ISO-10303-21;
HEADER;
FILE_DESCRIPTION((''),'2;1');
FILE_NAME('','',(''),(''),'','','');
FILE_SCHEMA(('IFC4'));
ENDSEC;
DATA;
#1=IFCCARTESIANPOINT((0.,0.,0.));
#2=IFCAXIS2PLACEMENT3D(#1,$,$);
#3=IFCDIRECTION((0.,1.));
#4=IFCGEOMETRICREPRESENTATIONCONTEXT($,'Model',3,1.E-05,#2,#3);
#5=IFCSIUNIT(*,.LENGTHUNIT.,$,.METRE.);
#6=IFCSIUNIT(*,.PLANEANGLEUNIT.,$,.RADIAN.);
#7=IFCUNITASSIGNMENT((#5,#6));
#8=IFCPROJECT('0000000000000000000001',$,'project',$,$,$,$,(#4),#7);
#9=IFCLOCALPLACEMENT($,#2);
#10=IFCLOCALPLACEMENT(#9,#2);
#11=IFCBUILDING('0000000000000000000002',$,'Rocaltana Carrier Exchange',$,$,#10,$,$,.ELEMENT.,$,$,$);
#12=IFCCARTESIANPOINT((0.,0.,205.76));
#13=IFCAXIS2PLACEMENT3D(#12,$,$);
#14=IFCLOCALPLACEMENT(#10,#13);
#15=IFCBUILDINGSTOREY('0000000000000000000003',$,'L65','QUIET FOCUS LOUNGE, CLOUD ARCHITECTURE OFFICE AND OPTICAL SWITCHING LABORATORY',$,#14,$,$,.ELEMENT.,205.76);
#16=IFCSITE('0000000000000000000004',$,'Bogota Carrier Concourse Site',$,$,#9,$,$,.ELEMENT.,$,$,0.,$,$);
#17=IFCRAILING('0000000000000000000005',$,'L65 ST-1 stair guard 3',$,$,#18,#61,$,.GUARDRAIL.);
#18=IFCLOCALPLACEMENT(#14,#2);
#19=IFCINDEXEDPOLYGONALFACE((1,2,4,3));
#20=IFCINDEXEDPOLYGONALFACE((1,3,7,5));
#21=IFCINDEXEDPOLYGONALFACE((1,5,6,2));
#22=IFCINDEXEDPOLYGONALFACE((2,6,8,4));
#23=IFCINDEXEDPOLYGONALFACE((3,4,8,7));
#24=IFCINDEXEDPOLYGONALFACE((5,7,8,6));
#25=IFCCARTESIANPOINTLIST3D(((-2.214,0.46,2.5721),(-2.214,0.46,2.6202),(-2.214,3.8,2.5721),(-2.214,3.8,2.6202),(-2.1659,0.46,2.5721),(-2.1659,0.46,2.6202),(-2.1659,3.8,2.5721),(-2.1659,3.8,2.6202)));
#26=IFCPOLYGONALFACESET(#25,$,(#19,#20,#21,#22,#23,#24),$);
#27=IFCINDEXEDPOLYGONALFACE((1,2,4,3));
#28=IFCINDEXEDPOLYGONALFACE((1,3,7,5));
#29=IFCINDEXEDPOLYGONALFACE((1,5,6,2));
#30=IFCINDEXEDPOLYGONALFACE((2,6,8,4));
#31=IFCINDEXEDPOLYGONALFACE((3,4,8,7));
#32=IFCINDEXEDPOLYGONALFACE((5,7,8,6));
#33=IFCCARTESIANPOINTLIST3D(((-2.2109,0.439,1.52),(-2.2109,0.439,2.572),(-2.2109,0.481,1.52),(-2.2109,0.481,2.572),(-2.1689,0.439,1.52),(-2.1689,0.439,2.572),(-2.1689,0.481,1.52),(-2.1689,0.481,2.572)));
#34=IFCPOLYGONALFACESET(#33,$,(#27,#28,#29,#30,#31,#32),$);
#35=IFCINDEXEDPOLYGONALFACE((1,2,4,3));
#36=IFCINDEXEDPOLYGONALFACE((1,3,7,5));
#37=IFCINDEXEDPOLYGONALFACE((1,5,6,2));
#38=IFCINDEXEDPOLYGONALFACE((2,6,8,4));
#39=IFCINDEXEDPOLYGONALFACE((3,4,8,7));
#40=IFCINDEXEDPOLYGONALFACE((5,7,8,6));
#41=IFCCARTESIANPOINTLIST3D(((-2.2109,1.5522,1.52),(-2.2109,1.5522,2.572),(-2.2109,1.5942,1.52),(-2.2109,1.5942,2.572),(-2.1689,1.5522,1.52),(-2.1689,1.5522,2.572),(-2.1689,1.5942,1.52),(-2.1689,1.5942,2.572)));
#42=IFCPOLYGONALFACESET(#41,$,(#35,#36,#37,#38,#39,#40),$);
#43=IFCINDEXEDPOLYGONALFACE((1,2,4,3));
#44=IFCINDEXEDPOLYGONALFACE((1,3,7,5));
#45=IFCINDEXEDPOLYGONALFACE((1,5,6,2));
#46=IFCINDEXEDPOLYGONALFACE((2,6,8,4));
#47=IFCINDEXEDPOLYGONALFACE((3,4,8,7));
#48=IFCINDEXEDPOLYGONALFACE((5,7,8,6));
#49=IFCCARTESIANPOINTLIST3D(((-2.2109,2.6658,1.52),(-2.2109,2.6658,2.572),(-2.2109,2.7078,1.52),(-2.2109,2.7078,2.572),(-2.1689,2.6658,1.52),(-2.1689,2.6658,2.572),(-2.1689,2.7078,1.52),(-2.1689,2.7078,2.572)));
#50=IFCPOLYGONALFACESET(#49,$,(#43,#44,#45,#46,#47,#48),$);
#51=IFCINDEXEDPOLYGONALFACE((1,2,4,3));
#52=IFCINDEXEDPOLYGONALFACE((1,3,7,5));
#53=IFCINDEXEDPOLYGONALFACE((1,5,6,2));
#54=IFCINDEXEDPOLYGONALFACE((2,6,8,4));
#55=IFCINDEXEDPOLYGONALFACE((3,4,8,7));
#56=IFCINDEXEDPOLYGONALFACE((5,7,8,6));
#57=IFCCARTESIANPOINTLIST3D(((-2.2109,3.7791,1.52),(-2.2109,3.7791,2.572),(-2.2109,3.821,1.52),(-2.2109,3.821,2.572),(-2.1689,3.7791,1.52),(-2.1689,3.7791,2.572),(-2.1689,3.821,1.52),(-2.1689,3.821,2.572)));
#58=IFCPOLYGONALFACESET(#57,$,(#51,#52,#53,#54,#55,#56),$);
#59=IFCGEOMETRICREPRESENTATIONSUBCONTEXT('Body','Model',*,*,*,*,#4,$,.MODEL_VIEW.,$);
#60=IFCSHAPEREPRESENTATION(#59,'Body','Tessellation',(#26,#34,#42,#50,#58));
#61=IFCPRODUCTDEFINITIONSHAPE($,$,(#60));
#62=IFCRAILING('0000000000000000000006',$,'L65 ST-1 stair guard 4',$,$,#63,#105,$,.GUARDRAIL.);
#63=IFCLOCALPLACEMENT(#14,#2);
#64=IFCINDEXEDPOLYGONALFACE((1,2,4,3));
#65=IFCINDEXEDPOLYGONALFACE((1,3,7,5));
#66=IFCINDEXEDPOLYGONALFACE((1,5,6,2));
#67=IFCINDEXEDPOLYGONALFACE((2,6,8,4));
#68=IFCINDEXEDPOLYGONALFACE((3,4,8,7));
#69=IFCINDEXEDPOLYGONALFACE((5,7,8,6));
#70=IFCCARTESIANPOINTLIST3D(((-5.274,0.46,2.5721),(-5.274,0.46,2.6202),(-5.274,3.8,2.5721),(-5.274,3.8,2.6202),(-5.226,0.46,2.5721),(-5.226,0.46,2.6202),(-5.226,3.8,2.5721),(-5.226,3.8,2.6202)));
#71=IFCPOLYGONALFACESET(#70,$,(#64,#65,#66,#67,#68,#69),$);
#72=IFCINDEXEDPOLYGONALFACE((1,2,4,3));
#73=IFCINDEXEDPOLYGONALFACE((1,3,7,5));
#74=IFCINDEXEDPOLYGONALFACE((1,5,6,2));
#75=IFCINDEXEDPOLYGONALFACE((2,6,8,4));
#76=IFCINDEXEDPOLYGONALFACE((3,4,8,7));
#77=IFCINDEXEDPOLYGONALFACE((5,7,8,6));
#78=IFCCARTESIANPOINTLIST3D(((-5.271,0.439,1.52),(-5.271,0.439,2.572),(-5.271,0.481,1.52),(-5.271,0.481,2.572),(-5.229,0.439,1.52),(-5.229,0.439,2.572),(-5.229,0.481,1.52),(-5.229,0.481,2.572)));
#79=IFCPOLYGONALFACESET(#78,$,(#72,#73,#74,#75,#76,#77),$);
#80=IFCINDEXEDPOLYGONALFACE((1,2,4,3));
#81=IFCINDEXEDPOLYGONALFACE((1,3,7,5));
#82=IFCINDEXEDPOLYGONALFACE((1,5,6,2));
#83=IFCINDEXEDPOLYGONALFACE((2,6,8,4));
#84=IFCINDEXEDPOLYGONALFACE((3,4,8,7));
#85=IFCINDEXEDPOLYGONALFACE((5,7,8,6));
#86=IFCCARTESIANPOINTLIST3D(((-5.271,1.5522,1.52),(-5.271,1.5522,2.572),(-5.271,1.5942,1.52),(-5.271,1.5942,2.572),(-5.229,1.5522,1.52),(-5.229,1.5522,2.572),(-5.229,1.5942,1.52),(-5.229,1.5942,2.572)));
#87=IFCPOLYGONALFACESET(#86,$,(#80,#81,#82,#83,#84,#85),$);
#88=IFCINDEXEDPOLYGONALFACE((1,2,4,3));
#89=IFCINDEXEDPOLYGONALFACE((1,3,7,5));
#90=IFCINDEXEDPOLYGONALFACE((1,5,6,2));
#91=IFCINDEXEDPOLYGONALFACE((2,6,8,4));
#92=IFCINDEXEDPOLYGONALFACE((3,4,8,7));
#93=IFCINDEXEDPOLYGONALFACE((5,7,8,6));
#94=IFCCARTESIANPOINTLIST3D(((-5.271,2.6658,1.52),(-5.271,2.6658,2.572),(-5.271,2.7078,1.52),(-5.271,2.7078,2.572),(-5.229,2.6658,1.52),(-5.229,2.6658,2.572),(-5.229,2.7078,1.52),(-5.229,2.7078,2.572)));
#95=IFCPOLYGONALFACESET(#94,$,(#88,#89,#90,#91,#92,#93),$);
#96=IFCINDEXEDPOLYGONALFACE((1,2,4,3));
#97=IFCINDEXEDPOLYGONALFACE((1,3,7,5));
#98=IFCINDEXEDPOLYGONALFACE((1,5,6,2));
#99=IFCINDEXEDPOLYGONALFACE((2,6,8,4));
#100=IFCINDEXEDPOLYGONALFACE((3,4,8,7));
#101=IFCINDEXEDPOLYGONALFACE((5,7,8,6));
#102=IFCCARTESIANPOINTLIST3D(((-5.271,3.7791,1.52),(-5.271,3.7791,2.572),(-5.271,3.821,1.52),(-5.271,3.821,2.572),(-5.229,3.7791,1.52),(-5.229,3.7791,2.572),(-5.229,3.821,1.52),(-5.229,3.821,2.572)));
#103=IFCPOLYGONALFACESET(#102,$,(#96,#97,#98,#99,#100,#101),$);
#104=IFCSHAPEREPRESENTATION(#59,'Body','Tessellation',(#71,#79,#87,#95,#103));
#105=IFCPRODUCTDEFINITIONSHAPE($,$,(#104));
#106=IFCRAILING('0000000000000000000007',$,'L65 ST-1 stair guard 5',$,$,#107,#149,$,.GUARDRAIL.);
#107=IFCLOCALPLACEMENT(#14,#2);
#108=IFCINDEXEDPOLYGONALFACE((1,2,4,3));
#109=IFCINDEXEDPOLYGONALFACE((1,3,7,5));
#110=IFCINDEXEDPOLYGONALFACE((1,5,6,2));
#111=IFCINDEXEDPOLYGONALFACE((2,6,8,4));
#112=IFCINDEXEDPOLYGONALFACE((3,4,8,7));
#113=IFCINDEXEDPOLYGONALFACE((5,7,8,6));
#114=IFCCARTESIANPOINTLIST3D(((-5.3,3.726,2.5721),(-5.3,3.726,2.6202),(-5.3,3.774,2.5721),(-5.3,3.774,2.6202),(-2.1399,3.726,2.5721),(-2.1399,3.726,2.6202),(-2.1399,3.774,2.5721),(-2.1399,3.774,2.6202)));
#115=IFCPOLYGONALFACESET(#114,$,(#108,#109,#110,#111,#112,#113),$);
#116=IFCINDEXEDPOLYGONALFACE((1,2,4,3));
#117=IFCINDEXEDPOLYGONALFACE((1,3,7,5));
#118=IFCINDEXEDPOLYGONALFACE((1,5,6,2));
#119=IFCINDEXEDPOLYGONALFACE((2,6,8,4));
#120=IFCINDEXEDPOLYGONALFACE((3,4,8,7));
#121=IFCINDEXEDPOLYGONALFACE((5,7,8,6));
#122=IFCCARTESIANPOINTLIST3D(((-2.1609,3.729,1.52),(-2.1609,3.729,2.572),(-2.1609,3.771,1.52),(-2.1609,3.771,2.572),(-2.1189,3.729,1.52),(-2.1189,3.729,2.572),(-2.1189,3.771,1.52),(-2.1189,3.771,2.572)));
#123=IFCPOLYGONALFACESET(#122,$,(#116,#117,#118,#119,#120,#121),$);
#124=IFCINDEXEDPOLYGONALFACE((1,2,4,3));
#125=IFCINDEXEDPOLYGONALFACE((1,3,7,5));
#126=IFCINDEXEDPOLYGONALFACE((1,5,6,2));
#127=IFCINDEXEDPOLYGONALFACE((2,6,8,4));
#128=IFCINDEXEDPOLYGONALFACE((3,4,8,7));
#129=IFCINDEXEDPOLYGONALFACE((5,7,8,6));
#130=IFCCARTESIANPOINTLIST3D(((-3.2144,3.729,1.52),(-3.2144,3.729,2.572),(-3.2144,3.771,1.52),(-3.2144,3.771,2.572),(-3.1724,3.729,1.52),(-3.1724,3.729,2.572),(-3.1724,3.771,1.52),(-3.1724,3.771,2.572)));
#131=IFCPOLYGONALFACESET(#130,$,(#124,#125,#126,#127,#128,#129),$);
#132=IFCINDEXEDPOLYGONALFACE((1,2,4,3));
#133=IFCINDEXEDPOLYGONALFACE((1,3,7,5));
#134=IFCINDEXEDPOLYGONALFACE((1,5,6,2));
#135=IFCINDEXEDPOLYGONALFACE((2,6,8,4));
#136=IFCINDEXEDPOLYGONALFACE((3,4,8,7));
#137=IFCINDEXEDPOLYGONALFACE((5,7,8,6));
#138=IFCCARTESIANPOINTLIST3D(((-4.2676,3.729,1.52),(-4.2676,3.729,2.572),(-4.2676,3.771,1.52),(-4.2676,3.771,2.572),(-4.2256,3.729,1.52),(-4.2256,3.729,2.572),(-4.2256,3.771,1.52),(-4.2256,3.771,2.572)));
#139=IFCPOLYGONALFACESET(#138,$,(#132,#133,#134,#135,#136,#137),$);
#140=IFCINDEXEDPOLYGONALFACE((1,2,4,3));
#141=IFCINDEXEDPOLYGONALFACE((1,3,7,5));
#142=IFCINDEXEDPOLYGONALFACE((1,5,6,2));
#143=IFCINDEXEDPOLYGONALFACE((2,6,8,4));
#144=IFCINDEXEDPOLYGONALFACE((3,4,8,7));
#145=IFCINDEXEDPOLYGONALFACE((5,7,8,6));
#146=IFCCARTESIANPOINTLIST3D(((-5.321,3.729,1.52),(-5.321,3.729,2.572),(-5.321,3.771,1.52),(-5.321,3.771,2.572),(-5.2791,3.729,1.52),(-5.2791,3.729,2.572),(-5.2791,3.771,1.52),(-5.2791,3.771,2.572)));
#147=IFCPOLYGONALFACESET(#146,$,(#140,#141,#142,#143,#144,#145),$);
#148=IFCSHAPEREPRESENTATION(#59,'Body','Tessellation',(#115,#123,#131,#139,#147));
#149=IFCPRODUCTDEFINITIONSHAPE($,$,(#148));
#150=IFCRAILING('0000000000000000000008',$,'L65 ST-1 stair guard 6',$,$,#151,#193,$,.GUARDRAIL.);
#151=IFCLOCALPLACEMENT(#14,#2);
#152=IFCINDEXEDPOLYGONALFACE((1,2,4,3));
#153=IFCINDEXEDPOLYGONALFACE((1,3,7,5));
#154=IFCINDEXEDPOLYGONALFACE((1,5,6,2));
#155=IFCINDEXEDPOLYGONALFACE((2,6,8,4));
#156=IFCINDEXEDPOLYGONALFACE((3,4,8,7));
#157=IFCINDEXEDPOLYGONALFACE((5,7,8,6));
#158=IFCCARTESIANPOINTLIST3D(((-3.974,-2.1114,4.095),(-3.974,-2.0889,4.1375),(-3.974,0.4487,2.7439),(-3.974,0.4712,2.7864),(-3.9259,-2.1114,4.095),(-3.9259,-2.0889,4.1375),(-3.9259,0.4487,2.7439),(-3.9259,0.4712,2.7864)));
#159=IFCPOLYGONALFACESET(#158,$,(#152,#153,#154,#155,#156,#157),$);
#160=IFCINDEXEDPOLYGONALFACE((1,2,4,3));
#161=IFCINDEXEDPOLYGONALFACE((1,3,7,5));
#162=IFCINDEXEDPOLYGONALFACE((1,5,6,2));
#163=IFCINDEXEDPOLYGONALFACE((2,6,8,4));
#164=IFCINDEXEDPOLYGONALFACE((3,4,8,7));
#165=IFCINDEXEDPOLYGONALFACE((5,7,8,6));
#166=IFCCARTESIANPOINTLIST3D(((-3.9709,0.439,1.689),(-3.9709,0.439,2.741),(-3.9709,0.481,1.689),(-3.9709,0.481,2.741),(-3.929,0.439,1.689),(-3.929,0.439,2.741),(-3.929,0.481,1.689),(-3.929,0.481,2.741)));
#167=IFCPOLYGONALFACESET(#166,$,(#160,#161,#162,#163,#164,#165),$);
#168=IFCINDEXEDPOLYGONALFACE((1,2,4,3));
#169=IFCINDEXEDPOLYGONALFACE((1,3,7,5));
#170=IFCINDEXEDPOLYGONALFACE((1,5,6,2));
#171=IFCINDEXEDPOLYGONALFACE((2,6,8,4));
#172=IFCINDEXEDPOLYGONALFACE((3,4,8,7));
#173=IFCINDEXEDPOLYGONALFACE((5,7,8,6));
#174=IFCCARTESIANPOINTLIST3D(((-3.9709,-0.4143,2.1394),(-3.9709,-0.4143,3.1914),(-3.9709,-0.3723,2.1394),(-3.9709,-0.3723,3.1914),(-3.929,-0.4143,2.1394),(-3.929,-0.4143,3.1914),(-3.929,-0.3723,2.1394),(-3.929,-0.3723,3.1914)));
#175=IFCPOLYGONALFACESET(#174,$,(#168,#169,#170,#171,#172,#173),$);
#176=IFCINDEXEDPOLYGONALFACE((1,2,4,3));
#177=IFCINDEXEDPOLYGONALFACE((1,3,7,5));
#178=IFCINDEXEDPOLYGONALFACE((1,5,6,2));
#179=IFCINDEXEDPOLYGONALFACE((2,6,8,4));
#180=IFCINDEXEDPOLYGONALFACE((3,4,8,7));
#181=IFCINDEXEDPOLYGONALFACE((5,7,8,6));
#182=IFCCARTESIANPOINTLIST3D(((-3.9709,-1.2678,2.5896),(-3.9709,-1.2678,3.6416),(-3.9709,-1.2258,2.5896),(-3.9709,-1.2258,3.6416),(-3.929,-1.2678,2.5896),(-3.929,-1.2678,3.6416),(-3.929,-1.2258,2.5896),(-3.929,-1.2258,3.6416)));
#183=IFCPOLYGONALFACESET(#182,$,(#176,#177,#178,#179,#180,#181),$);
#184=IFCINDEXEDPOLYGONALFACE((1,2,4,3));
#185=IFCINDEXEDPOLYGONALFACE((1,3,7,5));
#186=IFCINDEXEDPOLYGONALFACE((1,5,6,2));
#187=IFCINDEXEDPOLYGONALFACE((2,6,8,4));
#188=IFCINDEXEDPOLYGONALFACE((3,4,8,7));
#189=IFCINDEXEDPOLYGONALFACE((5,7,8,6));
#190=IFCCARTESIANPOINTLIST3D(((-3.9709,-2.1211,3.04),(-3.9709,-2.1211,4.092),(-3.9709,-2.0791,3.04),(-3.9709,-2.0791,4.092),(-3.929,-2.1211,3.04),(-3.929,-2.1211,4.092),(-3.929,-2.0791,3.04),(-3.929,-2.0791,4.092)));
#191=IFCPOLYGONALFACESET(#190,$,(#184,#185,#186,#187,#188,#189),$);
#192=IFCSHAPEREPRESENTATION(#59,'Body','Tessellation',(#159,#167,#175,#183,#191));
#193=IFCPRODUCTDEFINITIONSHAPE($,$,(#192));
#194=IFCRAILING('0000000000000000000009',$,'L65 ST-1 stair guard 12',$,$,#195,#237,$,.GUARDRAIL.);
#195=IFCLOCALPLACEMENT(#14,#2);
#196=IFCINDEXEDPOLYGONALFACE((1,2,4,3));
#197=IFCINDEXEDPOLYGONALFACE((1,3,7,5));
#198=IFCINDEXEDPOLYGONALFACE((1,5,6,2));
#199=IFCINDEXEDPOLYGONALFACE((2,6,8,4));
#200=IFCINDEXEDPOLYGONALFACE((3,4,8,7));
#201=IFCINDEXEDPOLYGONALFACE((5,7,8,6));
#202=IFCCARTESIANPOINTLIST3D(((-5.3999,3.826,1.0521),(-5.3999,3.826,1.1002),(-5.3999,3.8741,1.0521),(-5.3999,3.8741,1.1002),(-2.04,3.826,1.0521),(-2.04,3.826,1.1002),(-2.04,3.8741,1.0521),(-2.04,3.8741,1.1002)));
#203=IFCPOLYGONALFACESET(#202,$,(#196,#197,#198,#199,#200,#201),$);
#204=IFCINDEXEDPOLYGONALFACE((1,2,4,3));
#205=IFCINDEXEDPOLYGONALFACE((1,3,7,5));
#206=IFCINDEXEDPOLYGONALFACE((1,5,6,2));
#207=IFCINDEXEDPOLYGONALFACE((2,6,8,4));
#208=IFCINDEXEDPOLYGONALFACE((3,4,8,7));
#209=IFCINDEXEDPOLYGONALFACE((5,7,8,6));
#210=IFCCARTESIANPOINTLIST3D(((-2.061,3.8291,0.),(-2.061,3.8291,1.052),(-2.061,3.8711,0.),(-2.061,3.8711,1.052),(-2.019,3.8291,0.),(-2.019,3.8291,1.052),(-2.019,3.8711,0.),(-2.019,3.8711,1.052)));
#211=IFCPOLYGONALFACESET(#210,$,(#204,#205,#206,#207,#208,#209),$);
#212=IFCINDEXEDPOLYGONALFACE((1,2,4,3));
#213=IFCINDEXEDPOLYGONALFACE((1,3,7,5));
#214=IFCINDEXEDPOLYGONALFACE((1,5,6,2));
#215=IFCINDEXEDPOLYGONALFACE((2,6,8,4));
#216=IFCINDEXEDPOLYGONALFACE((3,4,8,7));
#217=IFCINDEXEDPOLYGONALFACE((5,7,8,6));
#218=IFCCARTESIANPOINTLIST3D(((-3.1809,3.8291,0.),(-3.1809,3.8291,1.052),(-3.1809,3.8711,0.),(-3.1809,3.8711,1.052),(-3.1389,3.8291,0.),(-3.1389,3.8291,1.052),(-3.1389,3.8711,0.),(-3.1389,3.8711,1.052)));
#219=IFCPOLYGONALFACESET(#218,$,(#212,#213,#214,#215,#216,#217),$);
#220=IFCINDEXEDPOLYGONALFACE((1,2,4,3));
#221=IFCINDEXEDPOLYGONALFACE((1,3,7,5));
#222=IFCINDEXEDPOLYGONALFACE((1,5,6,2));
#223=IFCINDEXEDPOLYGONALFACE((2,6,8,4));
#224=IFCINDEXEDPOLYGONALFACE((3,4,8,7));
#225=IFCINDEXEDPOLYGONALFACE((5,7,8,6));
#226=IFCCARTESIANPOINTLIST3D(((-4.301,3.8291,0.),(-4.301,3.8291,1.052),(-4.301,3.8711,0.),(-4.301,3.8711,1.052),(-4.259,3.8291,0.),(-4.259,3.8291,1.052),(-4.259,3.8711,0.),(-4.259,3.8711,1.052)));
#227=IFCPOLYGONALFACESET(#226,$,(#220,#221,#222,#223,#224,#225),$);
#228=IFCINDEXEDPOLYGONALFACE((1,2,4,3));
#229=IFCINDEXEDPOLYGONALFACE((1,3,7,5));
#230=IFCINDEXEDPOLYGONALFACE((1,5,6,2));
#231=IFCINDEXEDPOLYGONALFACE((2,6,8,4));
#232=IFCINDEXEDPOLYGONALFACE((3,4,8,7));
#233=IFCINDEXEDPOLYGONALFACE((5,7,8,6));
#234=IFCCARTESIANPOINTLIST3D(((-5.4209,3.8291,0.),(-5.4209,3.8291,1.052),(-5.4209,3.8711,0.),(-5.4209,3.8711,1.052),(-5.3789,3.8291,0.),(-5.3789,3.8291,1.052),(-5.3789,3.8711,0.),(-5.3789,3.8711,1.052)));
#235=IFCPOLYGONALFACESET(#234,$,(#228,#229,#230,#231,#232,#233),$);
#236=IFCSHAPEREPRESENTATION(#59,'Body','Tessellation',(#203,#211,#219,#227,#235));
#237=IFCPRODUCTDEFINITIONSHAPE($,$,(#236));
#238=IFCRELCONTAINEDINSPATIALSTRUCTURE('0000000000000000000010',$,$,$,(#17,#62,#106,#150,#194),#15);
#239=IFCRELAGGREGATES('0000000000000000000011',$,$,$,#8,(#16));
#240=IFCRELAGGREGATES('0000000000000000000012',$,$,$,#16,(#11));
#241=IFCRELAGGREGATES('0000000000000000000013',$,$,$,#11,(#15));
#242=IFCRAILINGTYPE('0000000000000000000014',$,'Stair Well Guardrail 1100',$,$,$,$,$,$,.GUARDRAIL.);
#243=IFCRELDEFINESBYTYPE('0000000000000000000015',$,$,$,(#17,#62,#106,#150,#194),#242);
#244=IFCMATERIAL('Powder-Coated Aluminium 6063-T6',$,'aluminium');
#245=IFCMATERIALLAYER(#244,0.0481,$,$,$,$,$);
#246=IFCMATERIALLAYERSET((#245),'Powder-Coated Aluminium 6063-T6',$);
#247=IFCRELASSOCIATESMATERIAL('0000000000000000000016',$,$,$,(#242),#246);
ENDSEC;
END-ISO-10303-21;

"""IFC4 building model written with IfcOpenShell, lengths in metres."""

from ifc_helpers import new_model, si_unit, direction, frame, origin, origin_2d, place, context, subcontext, project, spatial, rectangle, extrude, material, layer, layer_set, type_object, element, save


model = new_model("IFC4")

# Units and contexts
model_context = context("Model", 3, precision=1e-05, world=origin(), true_north=direction((0.0, 1.0)))
body_context = subcontext(model_context, "Body", "Model", "MODEL_VIEW")
ifc_project = project(units=[si_unit("LENGTHUNIT", "METRE"), si_unit("PLANEANGLEUNIT", "RADIAN")], contexts=[model_context])

# Site, building, storey
site_placement = place(None, origin())
site = spatial("IfcSite", under=ifc_project, at=site_placement, Name="Bogota Carrier Concourse Site", CompositionType="ELEMENT", RefElevation=0.0)
building_placement = place(site_placement, origin())
building = spatial("IfcBuilding", under=site, at=building_placement, Name="Rocaltana Carrier Exchange", CompositionType="ELEMENT")
storey_placement = place(building_placement, frame((0.0, 0.0, 205.76)))
storey = spatial("IfcBuildingStorey", under=building, at=storey_placement, Name="L65", Description="QUIET FOCUS LOUNGE, CLOUD ARCHITECTURE OFFICE AND OPTICAL SWITCHING LABORATORY", CompositionType="ELEMENT", Elevation=205.76)

# Railings
ifc_material_1 = material(Name="Powder-Coated Aluminium 6063-T6", Category="aluminium")
ifc_layer_1 = layer(ifc_material_1, 0.0481)
ifc_layer_set_1 = layer_set([ifc_layer_1], Name="Powder-Coated Aluminium 6063-T6")
railing_type_1 = type_object("IfcRailingType", Name="Stair Well Guardrail 1100", PredefinedType="GUARDRAIL", material=ifc_layer_set_1)
for number, where, name in (
    (1, (-2.1899, 0.46, 1.52), "L65 ST-1 stair guard 3"),
    (2, (-5.25, 0.46, 1.52), "L65 ST-1 stair guard 4"),
):
    element("IfcRailing", number, at=place(storey_placement, frame(where)), inside=storey, type_object=railing_type_1, Name=name, PredefinedType="GUARDRAIL", context=body_context, shape_type="SweptSolid", body=[
        extrude(rectangle(XDim=0.0481, YDim=0.0481, at=origin_2d()), frame((0.0, 0.0, 1.0762), z_axis=(0.0, 1.0, 0.0), x_axis=(-1.0, 0.0, 0.0)), (0.0, 0.0, 1.0), 3.3401),
        extrude(rectangle(XDim=0.042, YDim=0.042, at=origin_2d()), origin(), (0.0, 0.0, 1.0), 1.052),
        extrude(rectangle(XDim=0.042, YDim=0.042, at=origin_2d()), frame((0.0, 1.1133, 0.0)), (0.0, 0.0, 1.0), 1.052),
        extrude(rectangle(XDim=0.042, YDim=0.042, at=origin_2d()), frame((0.0, 2.2268, 0.0)), (0.0, 0.0, 1.0), 1.052),
        extrude(rectangle(XDim=0.042, YDim=0.042, at=origin_2d()), frame((0.0, 3.3401, 0.0)), (0.0, 0.0, 1.0), 1.052),
    ])
railing_1_placement = place(storey_placement, frame((-2.1399, 3.75, 1.52)))
element("IfcRailing", 3, at=railing_1_placement, inside=storey, type_object=railing_type_1, Name="L65 ST-1 stair guard 5", PredefinedType="GUARDRAIL", context=body_context, shape_type="SweptSolid", body=[
    extrude(rectangle(XDim=0.0481, YDim=0.0481, at=origin_2d()), frame((0.0, 0.0, 1.0762), z_axis=(-1.0, 0.0, 0.0), x_axis=(0.0, -1.0, 0.0)), (0.0, 0.0, 1.0), 3.1602),
    extrude(rectangle(XDim=0.042, YDim=0.042, at=origin_2d()), origin(), (0.0, 0.0, 1.0), 1.052),
    extrude(rectangle(XDim=0.042, YDim=0.042, at=origin_2d()), frame((-1.0535, 0.0, 0.0)), (0.0, 0.0, 1.0), 1.052),
    extrude(rectangle(XDim=0.042, YDim=0.042, at=origin_2d()), frame((-2.1067, 0.0, 0.0)), (0.0, 0.0, 1.0), 1.052),
    extrude(rectangle(XDim=0.042, YDim=0.042, at=origin_2d()), frame((-3.1602, 0.0, 0.0)), (0.0, 0.0, 1.0), 1.052),
])
railing_2_placement = place(storey_placement, frame((-3.95, 0.46, 1.689)))
element("IfcRailing", 4, at=railing_2_placement, inside=storey, type_object=railing_type_1, Name="L65 ST-1 stair guard 6", PredefinedType="GUARDRAIL", context=body_context, shape_type="SweptSolid", body=[
    extrude(rectangle(XDim=0.0481, YDim=0.0481, at=origin_2d()), frame((0.0, 0.0, 1.0762), z_axis=(0.0, -0.884394, 0.46674), x_axis=(1.0, 0.0, 0.0)), (0.0, 0.0, 1.0), 2.8948),
    extrude(rectangle(XDim=0.042, YDim=0.042, at=origin_2d()), origin(), (0.0, 0.0, 1.0), 1.052),
    extrude(rectangle(XDim=0.042, YDim=0.042, at=origin_2d()), frame((0.0, -0.8533, 0.4504)), (0.0, 0.0, 1.0), 1.052),
    extrude(rectangle(XDim=0.042, YDim=0.042, at=origin_2d()), frame((0.0, -1.7068, 0.9006)), (0.0, 0.0, 1.0), 1.052),
    extrude(rectangle(XDim=0.042, YDim=0.042, at=origin_2d()), frame((0.0, -2.5601, 1.3511)), (0.0, 0.0, 1.0), 1.052),
])
railing_3_placement = place(storey_placement, frame((-2.04, 3.8501, 0.0)))
element("IfcRailing", 5, at=railing_3_placement, inside=storey, type_object=railing_type_1, Name="L65 ST-1 stair guard 12", PredefinedType="GUARDRAIL", context=body_context, shape_type="SweptSolid", body=[
    extrude(rectangle(XDim=0.0481, YDim=0.0481, at=origin_2d()), frame((0.0, 0.0, 1.0762), z_axis=(-1.0, 0.0, 0.0), x_axis=(0.0, -1.0, 0.0)), (0.0, 0.0, 1.0), 3.3599),
    extrude(rectangle(XDim=0.042, YDim=0.042, at=origin_2d()), origin(), (0.0, 0.0, 1.0), 1.052),
    extrude(rectangle(XDim=0.042, YDim=0.042, at=origin_2d()), frame((-1.1199, 0.0, 0.0)), (0.0, 0.0, 1.0), 1.052),
    extrude(rectangle(XDim=0.042, YDim=0.042, at=origin_2d()), frame((-2.24, 0.0, 0.0)), (0.0, 0.0, 1.0), 1.052),
    extrude(rectangle(XDim=0.042, YDim=0.042, at=origin_2d()), frame((-3.3599, 0.0, 0.0)), (0.0, 0.0, 1.0), 1.052),
])

save(model, "model.ifc")
